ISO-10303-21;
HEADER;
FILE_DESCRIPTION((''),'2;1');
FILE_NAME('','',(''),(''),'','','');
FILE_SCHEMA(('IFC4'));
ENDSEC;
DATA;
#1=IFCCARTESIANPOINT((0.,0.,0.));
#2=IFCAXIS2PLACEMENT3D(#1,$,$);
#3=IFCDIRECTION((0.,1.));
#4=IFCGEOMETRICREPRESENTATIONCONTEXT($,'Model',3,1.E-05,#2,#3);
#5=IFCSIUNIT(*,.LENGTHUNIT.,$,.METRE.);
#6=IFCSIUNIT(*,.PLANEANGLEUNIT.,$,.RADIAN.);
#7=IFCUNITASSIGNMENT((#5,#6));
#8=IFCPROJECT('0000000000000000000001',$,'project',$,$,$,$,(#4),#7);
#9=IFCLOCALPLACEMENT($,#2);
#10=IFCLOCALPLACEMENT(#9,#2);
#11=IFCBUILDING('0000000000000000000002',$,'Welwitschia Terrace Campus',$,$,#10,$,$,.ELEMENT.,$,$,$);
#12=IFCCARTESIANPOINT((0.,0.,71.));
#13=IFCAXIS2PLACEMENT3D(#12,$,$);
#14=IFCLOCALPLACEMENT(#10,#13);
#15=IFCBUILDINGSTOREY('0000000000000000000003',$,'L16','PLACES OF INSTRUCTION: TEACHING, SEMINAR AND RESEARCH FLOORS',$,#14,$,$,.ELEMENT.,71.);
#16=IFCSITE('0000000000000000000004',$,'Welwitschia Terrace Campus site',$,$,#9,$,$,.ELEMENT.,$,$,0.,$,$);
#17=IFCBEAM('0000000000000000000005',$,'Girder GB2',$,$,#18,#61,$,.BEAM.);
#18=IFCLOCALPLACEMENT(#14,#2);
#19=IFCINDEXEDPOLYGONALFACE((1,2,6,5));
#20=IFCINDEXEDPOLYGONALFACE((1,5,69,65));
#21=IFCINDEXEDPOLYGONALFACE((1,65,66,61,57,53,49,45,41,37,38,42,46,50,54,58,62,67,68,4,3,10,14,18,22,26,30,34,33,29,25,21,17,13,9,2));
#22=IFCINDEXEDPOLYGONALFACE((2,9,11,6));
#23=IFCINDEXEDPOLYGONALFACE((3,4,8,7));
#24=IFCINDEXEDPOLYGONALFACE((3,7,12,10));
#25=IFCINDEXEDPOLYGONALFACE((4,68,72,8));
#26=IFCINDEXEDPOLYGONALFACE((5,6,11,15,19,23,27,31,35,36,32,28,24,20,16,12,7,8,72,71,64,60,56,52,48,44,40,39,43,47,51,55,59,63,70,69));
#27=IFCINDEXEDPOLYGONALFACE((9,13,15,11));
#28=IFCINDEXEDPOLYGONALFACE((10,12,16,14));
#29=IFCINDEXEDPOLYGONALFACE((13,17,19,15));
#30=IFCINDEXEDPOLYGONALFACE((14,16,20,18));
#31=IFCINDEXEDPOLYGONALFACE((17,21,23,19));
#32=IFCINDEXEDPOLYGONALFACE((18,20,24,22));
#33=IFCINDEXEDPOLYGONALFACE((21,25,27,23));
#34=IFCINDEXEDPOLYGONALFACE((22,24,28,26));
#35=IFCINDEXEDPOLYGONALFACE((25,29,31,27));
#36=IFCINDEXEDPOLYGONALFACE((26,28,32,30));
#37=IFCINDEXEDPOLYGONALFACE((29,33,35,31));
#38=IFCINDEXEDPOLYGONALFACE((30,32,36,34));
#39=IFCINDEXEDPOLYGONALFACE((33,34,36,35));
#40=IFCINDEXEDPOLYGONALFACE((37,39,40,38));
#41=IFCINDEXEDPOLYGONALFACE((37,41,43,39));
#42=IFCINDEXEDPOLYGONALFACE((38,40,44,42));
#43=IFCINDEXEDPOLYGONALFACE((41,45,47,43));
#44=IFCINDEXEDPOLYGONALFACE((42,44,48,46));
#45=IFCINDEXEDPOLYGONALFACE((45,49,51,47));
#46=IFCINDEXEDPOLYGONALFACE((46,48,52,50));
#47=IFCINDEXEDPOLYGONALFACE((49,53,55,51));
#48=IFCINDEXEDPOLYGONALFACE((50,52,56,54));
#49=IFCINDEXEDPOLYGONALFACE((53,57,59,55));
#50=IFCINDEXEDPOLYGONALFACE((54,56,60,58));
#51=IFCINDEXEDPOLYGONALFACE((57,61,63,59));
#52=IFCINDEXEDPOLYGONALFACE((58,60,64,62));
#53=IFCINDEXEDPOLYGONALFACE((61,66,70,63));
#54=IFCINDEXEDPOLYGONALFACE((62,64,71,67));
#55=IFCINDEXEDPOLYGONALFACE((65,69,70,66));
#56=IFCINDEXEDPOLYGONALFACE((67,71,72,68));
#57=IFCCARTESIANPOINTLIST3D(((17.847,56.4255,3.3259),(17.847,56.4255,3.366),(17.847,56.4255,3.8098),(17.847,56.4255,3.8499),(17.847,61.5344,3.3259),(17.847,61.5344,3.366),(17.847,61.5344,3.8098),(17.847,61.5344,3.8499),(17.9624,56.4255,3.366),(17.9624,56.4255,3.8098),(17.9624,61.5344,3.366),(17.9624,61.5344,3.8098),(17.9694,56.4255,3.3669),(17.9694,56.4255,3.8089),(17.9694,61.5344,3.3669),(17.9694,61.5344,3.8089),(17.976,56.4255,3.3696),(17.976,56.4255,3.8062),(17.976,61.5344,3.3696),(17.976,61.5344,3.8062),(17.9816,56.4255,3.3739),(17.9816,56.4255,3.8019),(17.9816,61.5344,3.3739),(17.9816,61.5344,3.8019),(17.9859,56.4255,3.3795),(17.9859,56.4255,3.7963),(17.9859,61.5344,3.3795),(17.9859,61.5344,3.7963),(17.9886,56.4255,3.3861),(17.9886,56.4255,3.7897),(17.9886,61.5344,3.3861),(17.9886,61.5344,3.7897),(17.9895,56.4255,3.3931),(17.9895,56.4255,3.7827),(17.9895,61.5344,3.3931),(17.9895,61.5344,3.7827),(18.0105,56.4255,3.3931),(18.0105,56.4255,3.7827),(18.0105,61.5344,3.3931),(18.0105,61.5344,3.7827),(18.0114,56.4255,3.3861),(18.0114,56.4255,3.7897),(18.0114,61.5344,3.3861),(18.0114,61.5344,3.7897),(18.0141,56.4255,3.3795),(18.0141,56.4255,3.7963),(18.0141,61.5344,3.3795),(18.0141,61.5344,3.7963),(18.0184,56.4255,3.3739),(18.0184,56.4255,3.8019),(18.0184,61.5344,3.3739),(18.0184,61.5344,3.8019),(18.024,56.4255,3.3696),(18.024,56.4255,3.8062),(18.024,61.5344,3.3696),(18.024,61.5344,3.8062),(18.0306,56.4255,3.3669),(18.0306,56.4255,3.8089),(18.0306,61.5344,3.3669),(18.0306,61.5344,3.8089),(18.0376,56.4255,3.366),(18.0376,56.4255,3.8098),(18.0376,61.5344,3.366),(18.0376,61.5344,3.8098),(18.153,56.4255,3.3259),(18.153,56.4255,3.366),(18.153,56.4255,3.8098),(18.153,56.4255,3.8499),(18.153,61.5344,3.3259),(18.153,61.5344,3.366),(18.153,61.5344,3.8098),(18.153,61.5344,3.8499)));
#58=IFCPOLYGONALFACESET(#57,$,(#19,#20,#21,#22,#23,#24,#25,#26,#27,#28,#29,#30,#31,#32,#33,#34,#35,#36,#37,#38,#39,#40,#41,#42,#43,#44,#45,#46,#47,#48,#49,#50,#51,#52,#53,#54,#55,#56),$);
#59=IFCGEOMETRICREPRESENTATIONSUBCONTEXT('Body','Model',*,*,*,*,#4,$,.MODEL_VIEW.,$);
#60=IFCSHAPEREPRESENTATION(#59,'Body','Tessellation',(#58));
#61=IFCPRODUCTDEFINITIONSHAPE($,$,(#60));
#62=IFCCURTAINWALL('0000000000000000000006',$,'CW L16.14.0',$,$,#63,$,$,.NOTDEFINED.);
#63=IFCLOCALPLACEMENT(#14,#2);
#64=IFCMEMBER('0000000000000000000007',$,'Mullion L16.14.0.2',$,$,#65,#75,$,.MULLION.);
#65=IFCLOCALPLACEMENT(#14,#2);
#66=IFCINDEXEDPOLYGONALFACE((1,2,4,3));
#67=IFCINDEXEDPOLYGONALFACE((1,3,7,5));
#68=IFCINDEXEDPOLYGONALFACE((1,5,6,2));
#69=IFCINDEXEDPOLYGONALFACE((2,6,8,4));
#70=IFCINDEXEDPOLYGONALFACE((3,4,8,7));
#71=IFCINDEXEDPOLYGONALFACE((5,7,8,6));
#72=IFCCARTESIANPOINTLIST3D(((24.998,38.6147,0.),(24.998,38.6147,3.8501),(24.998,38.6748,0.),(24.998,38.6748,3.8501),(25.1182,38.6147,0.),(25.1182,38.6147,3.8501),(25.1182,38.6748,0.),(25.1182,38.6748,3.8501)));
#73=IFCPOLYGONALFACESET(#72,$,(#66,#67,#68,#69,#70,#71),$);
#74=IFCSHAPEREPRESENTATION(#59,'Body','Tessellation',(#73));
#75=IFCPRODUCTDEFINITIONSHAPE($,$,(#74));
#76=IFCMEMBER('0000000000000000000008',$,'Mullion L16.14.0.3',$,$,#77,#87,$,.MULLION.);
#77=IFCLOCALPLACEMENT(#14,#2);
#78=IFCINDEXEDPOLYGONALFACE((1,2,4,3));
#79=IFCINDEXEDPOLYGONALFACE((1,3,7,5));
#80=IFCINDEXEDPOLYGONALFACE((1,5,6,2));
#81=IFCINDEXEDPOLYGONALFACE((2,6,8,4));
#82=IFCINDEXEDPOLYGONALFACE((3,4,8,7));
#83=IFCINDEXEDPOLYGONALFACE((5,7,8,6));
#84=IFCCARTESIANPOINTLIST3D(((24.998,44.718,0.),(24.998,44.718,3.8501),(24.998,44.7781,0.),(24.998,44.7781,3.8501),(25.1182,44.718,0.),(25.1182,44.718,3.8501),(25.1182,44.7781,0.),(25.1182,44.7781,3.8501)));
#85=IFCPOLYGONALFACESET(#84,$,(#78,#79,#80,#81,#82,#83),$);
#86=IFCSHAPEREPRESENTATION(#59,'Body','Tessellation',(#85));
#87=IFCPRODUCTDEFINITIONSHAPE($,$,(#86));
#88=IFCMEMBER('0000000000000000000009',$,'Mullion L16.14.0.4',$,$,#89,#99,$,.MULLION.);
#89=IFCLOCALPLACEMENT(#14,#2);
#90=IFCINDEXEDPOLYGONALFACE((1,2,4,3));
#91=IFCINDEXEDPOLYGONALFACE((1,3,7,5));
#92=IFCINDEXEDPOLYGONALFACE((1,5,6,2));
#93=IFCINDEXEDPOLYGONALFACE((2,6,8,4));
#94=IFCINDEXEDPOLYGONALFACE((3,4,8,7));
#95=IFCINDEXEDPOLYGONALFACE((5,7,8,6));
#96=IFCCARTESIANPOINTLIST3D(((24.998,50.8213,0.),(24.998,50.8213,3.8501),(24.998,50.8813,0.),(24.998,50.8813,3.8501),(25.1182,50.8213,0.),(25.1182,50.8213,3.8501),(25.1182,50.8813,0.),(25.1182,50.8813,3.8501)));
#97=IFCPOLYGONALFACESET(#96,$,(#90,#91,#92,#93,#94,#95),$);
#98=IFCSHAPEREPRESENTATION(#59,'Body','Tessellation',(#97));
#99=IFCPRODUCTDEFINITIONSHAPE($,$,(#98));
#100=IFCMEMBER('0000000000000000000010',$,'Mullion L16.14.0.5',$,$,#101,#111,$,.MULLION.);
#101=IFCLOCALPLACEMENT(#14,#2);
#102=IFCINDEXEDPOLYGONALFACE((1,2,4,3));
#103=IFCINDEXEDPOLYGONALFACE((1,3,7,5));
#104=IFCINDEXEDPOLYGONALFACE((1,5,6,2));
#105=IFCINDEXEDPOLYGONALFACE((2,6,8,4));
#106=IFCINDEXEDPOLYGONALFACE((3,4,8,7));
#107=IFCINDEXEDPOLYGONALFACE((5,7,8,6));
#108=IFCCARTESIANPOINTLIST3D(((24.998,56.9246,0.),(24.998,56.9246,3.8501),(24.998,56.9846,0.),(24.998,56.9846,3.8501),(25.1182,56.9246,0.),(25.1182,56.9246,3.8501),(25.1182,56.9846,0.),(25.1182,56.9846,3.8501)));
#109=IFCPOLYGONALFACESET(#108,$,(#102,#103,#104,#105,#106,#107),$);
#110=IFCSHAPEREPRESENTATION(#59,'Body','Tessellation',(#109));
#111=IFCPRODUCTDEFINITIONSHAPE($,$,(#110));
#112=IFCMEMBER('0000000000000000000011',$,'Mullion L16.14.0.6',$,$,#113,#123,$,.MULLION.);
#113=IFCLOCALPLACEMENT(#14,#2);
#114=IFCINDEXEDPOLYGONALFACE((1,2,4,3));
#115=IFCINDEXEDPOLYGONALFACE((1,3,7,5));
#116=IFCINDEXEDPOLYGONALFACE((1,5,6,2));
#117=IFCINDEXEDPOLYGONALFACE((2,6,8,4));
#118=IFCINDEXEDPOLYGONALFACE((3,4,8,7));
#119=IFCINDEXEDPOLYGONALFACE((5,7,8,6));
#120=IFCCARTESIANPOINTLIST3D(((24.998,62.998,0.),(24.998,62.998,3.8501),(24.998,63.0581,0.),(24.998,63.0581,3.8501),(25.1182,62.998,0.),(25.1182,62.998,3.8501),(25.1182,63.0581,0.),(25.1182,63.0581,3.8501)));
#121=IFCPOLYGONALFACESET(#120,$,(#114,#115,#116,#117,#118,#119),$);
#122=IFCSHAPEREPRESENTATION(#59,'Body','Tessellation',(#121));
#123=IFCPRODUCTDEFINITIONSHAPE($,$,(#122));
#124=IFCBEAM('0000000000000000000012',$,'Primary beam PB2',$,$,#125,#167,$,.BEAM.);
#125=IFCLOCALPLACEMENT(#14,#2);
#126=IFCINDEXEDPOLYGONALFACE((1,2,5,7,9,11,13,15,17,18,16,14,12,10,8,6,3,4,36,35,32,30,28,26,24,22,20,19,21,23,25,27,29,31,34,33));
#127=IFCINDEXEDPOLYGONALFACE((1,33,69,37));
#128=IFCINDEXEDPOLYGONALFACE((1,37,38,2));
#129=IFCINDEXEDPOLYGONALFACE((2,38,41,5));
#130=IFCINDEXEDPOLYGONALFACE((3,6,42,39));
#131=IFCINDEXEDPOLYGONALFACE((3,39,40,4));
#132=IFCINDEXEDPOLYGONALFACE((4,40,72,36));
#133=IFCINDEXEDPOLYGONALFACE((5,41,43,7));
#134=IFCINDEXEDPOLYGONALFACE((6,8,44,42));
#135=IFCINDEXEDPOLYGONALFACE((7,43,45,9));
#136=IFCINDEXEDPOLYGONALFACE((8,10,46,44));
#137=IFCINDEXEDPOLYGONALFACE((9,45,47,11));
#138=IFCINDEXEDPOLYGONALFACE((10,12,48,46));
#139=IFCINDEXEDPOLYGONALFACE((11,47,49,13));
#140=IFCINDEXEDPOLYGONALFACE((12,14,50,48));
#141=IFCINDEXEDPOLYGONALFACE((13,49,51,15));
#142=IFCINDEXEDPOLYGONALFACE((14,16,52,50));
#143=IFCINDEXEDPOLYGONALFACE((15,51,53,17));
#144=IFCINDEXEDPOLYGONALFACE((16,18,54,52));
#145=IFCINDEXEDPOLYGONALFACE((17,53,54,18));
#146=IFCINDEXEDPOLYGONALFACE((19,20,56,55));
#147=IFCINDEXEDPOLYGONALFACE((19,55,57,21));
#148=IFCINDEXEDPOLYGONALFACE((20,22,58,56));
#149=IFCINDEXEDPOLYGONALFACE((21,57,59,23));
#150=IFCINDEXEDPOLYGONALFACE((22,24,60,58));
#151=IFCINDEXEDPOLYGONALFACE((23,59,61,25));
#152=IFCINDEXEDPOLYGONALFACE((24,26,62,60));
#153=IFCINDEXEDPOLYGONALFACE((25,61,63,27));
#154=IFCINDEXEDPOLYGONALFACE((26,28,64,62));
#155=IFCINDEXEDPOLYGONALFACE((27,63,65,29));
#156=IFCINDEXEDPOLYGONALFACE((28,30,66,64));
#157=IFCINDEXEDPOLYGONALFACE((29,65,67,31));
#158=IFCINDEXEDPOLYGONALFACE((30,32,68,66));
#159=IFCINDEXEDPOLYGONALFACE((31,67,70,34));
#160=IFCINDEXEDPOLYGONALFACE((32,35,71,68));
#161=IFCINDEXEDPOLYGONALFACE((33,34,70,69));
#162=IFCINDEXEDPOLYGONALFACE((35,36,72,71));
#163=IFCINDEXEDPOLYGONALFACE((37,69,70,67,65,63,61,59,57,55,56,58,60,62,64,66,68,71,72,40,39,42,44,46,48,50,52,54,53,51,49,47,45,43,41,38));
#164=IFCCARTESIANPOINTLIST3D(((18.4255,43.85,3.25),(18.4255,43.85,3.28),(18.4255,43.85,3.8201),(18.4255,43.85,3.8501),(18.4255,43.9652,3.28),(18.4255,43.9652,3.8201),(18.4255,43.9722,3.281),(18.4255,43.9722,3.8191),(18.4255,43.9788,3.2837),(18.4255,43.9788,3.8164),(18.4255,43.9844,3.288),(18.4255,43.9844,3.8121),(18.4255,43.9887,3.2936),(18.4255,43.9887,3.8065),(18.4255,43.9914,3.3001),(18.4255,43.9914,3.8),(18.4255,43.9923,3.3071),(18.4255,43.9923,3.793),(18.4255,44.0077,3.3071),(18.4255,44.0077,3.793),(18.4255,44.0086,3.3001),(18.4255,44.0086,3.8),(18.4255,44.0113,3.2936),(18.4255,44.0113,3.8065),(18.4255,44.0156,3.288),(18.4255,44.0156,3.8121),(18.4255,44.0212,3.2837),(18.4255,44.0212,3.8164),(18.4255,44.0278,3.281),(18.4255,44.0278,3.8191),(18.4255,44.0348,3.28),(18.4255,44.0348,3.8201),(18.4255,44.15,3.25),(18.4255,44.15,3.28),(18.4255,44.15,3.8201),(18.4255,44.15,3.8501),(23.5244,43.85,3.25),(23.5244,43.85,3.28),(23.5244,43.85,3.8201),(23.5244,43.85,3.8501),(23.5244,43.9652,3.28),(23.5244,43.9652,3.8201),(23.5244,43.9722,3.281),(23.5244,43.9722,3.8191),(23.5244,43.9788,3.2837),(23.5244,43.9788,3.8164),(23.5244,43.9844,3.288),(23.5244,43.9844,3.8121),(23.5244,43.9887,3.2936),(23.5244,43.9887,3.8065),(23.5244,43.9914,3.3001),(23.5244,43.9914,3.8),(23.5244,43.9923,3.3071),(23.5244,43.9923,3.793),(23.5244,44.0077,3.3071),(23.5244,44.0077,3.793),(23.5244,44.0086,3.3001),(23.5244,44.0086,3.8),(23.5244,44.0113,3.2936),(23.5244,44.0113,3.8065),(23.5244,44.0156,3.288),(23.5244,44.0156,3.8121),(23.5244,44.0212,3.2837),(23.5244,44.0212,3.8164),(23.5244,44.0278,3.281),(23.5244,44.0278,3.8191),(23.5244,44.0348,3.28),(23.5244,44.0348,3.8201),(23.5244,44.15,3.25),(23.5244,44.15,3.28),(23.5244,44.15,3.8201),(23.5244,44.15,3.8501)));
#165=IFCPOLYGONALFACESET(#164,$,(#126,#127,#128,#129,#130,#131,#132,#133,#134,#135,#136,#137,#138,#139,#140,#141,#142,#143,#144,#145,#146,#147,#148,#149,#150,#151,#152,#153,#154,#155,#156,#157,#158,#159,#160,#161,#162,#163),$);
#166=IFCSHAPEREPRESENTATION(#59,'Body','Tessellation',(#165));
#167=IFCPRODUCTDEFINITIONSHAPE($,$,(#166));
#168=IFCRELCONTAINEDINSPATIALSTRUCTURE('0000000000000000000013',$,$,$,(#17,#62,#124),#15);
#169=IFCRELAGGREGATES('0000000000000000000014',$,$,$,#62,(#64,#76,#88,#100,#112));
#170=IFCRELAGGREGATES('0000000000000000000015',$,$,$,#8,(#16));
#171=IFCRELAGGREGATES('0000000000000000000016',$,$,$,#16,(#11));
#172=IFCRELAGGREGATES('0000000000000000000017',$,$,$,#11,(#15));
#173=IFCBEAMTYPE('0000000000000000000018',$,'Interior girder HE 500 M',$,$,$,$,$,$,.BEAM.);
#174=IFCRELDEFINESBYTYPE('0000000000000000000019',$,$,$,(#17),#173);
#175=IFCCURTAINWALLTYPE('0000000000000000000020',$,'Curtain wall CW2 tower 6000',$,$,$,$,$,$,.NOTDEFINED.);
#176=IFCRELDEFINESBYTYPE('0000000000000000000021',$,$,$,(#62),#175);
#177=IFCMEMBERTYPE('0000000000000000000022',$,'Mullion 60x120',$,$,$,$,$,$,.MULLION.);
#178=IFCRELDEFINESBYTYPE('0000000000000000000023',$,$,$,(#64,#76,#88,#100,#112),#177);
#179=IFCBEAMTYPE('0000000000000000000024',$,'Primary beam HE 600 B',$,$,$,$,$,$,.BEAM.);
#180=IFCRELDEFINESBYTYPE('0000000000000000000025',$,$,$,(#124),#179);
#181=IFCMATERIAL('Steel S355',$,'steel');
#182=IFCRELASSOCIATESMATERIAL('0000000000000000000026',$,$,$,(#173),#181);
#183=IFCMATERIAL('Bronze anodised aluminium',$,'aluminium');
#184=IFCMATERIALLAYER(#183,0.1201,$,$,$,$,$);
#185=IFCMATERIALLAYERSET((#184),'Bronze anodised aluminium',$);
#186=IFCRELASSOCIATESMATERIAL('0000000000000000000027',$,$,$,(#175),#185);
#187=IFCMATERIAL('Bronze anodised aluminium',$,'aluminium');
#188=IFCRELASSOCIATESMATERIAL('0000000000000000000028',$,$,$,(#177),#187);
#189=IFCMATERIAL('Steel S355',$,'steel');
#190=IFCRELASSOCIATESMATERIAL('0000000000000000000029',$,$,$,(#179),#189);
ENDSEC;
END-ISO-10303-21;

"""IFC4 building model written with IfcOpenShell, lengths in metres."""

from ifc_helpers import new_model, si_unit, direction, frame, origin, origin_2d, place, context, subcontext, project, spatial, rectangle, i_section, extrude, material, layer, layer_set, material_profile, profile_set, type_object, element, aggregate, save


model = new_model("IFC4")

# Units and contexts
model_context = context("Model", 3, precision=1e-05, world=origin(), true_north=direction((0.0, 1.0)))
body_context = subcontext(model_context, "Body", "Model", "MODEL_VIEW")
ifc_project = project(units=[si_unit("LENGTHUNIT", "METRE"), si_unit("PLANEANGLEUNIT", "RADIAN")], contexts=[model_context])

# Site, building, storey
site_placement = place(None, origin())
site = spatial("IfcSite", under=ifc_project, at=site_placement, Name="Welwitschia Terrace Campus site", CompositionType="ELEMENT", RefElevation=0.0)
building_placement = place(site_placement, origin())
building = spatial("IfcBuilding", under=site, at=building_placement, Name="Welwitschia Terrace Campus", CompositionType="ELEMENT")
storey_placement = place(building_placement, frame((0.0, 0.0, 71.0)))
storey = spatial("IfcBuildingStorey", under=building, at=storey_placement, Name="L16", Description="PLACES OF INSTRUCTION: TEACHING, SEMINAR AND RESEARCH FLOORS", CompositionType="ELEMENT", Elevation=71.0)

# Beam
ifc_material_1 = material(Name="Steel S355", Category="steel")
ifc_material_profile_1 = material_profile(ifc_material_1, i_section(OverallWidth=0.3059, OverallDepth=0.5239, WebThickness=0.021, FlangeThickness=0.04, FilletRadius=0.0271, at=origin_2d()))
ifc_profile_set_1 = profile_set([ifc_material_profile_1], Name="Steel S355")
beam_type_1 = type_object("IfcBeamType", Name="Interior girder HE 500 M", PredefinedType="BEAM", material=ifc_profile_set_1)
beam_1_placement = place(storey_placement, frame((18.0, 56.4255, 3.5879), z_axis=(0.0, 1.0, 0.0), x_axis=(-1.0, 0.0, 0.0)))
element("IfcBeam", 1, at=beam_1_placement, inside=storey, type_object=beam_type_1, Name="Girder GB2", PredefinedType="BEAM", context=body_context, shape_type="SweptSolid", body=[
    extrude(i_section(OverallWidth=0.3059, OverallDepth=0.5239, WebThickness=0.021, FlangeThickness=0.04, FilletRadius=0.0271, at=origin_2d()), origin(), (0.0, 0.0, 1.0), 5.1089),
])

# Curtain wall, members
ifc_material_2 = material(Name="Bronze anodised aluminium", Category="aluminium")
ifc_layer_1 = layer(ifc_material_2, 0.1201)
ifc_layer_set_1 = layer_set([ifc_layer_1], Name="Bronze anodised aluminium")
curtain_wall_type = type_object("IfcCurtainWallType", Name="Curtain wall CW2 tower 6000", PredefinedType="NOTDEFINED", material=ifc_layer_set_1)
curtain_wall_placement = place(storey_placement, origin())
curtain_wall = element("IfcCurtainWall", 2, at=curtain_wall_placement, inside=storey, type_object=curtain_wall_type, Name="CW L16.14.0", PredefinedType="NOTDEFINED")
ifc_material_3 = material(Name="Bronze anodised aluminium", Category="aluminium")
ifc_material_profile_2 = material_profile(ifc_material_3, rectangle(XDim=0.1201, YDim=0.0601, at=origin_2d()))
ifc_profile_set_2 = profile_set([ifc_material_profile_2], Name="Bronze anodised aluminium")
member_type = type_object("IfcMemberType", Name="Mullion 60x120", PredefinedType="MULLION", material=ifc_profile_set_2)
member_1_placement = place(storey_placement, frame((25.0581, 38.6448, 0.0), z_axis=(0.0, 0.0, 1.0), x_axis=(-1.0, 0.0, 0.0)))
member_1 = element("IfcMember", 3, at=member_1_placement, type_object=member_type, Name="Mullion L16.14.0.2", PredefinedType="MULLION", context=body_context, shape_type="SweptSolid", body=[
    extrude(rectangle(XDim=0.1201, YDim=0.0601, at=origin_2d()), origin(), (0.0, 0.0, 1.0), 3.8501),
])
member_2_placement = place(storey_placement, frame((25.0581, 44.748, 0.0), z_axis=(0.0, 0.0, 1.0), x_axis=(-1.0, 0.0, 0.0)))
member_2 = element("IfcMember", 4, at=member_2_placement, type_object=member_type, Name="Mullion L16.14.0.3", PredefinedType="MULLION", context=body_context, shape_type="SweptSolid", body=[
    extrude(rectangle(XDim=0.1201, YDim=0.0601, at=origin_2d()), origin(), (0.0, 0.0, 1.0), 3.8501),
])
member_3_placement = place(storey_placement, frame((25.0581, 50.8513, 0.0), z_axis=(0.0, 0.0, 1.0), x_axis=(-1.0, 0.0, 0.0)))
member_3 = element("IfcMember", 5, at=member_3_placement, type_object=member_type, Name="Mullion L16.14.0.4", PredefinedType="MULLION", context=body_context, shape_type="SweptSolid", body=[
    extrude(rectangle(XDim=0.1201, YDim=0.0601, at=origin_2d()), origin(), (0.0, 0.0, 1.0), 3.8501),
])
member_4_placement = place(storey_placement, frame((25.0581, 56.9546, 0.0), z_axis=(0.0, 0.0, 1.0), x_axis=(-1.0, 0.0, 0.0)))
member_4 = element("IfcMember", 6, at=member_4_placement, type_object=member_type, Name="Mullion L16.14.0.5", PredefinedType="MULLION", context=body_context, shape_type="SweptSolid", body=[
    extrude(rectangle(XDim=0.1201, YDim=0.0601, at=origin_2d()), origin(), (0.0, 0.0, 1.0), 3.8501),
])
member_5_placement = place(storey_placement, frame((25.0581, 63.0281, 0.0), z_axis=(0.0, 0.0, 1.0), x_axis=(-1.0, 0.0, 0.0)))
member_5 = element("IfcMember", 7, at=member_5_placement, type_object=member_type, Name="Mullion L16.14.0.6", PredefinedType="MULLION", context=body_context, shape_type="SweptSolid", body=[
    extrude(rectangle(XDim=0.1201, YDim=0.0601, at=origin_2d()), origin(), (0.0, 0.0, 1.0), 3.8501),
])

# Beam
ifc_material_4 = material(Name="Steel S355", Category="steel")
ifc_material_profile_3 = material_profile(ifc_material_4, i_section(OverallWidth=0.3, OverallDepth=0.6001, WebThickness=0.0154, FlangeThickness=0.03, FilletRadius=0.0271, at=origin_2d()))
ifc_profile_set_3 = profile_set([ifc_material_profile_3], Name="Steel S355")
beam_type_2 = type_object("IfcBeamType", Name="Primary beam HE 600 B", PredefinedType="BEAM", material=ifc_profile_set_3)
for number, where, z_axis, x_axis, name in (
    (8, (23.5244, 44.0, 3.55), (-1.0, 0.0, 0.0), (0.0, -1.0, 0.0), "Primary beam PB2"),
):
    element("IfcBeam", number, at=place(storey_placement, frame(where, z_axis=z_axis, x_axis=x_axis)), inside=storey, type_object=beam_type_2, Name=name, PredefinedType="BEAM", context=body_context, shape_type="SweptSolid", body=[
        extrude(i_section(OverallWidth=0.3, OverallDepth=0.6001, WebThickness=0.0154, FlangeThickness=0.03, FilletRadius=0.0271, at=origin_2d()), origin(), (0.0, 0.0, 1.0), 5.0989),
    ])

aggregate(curtain_wall, [member_1, member_2, member_3, member_4, member_5])

save(model, "model.ifc")
